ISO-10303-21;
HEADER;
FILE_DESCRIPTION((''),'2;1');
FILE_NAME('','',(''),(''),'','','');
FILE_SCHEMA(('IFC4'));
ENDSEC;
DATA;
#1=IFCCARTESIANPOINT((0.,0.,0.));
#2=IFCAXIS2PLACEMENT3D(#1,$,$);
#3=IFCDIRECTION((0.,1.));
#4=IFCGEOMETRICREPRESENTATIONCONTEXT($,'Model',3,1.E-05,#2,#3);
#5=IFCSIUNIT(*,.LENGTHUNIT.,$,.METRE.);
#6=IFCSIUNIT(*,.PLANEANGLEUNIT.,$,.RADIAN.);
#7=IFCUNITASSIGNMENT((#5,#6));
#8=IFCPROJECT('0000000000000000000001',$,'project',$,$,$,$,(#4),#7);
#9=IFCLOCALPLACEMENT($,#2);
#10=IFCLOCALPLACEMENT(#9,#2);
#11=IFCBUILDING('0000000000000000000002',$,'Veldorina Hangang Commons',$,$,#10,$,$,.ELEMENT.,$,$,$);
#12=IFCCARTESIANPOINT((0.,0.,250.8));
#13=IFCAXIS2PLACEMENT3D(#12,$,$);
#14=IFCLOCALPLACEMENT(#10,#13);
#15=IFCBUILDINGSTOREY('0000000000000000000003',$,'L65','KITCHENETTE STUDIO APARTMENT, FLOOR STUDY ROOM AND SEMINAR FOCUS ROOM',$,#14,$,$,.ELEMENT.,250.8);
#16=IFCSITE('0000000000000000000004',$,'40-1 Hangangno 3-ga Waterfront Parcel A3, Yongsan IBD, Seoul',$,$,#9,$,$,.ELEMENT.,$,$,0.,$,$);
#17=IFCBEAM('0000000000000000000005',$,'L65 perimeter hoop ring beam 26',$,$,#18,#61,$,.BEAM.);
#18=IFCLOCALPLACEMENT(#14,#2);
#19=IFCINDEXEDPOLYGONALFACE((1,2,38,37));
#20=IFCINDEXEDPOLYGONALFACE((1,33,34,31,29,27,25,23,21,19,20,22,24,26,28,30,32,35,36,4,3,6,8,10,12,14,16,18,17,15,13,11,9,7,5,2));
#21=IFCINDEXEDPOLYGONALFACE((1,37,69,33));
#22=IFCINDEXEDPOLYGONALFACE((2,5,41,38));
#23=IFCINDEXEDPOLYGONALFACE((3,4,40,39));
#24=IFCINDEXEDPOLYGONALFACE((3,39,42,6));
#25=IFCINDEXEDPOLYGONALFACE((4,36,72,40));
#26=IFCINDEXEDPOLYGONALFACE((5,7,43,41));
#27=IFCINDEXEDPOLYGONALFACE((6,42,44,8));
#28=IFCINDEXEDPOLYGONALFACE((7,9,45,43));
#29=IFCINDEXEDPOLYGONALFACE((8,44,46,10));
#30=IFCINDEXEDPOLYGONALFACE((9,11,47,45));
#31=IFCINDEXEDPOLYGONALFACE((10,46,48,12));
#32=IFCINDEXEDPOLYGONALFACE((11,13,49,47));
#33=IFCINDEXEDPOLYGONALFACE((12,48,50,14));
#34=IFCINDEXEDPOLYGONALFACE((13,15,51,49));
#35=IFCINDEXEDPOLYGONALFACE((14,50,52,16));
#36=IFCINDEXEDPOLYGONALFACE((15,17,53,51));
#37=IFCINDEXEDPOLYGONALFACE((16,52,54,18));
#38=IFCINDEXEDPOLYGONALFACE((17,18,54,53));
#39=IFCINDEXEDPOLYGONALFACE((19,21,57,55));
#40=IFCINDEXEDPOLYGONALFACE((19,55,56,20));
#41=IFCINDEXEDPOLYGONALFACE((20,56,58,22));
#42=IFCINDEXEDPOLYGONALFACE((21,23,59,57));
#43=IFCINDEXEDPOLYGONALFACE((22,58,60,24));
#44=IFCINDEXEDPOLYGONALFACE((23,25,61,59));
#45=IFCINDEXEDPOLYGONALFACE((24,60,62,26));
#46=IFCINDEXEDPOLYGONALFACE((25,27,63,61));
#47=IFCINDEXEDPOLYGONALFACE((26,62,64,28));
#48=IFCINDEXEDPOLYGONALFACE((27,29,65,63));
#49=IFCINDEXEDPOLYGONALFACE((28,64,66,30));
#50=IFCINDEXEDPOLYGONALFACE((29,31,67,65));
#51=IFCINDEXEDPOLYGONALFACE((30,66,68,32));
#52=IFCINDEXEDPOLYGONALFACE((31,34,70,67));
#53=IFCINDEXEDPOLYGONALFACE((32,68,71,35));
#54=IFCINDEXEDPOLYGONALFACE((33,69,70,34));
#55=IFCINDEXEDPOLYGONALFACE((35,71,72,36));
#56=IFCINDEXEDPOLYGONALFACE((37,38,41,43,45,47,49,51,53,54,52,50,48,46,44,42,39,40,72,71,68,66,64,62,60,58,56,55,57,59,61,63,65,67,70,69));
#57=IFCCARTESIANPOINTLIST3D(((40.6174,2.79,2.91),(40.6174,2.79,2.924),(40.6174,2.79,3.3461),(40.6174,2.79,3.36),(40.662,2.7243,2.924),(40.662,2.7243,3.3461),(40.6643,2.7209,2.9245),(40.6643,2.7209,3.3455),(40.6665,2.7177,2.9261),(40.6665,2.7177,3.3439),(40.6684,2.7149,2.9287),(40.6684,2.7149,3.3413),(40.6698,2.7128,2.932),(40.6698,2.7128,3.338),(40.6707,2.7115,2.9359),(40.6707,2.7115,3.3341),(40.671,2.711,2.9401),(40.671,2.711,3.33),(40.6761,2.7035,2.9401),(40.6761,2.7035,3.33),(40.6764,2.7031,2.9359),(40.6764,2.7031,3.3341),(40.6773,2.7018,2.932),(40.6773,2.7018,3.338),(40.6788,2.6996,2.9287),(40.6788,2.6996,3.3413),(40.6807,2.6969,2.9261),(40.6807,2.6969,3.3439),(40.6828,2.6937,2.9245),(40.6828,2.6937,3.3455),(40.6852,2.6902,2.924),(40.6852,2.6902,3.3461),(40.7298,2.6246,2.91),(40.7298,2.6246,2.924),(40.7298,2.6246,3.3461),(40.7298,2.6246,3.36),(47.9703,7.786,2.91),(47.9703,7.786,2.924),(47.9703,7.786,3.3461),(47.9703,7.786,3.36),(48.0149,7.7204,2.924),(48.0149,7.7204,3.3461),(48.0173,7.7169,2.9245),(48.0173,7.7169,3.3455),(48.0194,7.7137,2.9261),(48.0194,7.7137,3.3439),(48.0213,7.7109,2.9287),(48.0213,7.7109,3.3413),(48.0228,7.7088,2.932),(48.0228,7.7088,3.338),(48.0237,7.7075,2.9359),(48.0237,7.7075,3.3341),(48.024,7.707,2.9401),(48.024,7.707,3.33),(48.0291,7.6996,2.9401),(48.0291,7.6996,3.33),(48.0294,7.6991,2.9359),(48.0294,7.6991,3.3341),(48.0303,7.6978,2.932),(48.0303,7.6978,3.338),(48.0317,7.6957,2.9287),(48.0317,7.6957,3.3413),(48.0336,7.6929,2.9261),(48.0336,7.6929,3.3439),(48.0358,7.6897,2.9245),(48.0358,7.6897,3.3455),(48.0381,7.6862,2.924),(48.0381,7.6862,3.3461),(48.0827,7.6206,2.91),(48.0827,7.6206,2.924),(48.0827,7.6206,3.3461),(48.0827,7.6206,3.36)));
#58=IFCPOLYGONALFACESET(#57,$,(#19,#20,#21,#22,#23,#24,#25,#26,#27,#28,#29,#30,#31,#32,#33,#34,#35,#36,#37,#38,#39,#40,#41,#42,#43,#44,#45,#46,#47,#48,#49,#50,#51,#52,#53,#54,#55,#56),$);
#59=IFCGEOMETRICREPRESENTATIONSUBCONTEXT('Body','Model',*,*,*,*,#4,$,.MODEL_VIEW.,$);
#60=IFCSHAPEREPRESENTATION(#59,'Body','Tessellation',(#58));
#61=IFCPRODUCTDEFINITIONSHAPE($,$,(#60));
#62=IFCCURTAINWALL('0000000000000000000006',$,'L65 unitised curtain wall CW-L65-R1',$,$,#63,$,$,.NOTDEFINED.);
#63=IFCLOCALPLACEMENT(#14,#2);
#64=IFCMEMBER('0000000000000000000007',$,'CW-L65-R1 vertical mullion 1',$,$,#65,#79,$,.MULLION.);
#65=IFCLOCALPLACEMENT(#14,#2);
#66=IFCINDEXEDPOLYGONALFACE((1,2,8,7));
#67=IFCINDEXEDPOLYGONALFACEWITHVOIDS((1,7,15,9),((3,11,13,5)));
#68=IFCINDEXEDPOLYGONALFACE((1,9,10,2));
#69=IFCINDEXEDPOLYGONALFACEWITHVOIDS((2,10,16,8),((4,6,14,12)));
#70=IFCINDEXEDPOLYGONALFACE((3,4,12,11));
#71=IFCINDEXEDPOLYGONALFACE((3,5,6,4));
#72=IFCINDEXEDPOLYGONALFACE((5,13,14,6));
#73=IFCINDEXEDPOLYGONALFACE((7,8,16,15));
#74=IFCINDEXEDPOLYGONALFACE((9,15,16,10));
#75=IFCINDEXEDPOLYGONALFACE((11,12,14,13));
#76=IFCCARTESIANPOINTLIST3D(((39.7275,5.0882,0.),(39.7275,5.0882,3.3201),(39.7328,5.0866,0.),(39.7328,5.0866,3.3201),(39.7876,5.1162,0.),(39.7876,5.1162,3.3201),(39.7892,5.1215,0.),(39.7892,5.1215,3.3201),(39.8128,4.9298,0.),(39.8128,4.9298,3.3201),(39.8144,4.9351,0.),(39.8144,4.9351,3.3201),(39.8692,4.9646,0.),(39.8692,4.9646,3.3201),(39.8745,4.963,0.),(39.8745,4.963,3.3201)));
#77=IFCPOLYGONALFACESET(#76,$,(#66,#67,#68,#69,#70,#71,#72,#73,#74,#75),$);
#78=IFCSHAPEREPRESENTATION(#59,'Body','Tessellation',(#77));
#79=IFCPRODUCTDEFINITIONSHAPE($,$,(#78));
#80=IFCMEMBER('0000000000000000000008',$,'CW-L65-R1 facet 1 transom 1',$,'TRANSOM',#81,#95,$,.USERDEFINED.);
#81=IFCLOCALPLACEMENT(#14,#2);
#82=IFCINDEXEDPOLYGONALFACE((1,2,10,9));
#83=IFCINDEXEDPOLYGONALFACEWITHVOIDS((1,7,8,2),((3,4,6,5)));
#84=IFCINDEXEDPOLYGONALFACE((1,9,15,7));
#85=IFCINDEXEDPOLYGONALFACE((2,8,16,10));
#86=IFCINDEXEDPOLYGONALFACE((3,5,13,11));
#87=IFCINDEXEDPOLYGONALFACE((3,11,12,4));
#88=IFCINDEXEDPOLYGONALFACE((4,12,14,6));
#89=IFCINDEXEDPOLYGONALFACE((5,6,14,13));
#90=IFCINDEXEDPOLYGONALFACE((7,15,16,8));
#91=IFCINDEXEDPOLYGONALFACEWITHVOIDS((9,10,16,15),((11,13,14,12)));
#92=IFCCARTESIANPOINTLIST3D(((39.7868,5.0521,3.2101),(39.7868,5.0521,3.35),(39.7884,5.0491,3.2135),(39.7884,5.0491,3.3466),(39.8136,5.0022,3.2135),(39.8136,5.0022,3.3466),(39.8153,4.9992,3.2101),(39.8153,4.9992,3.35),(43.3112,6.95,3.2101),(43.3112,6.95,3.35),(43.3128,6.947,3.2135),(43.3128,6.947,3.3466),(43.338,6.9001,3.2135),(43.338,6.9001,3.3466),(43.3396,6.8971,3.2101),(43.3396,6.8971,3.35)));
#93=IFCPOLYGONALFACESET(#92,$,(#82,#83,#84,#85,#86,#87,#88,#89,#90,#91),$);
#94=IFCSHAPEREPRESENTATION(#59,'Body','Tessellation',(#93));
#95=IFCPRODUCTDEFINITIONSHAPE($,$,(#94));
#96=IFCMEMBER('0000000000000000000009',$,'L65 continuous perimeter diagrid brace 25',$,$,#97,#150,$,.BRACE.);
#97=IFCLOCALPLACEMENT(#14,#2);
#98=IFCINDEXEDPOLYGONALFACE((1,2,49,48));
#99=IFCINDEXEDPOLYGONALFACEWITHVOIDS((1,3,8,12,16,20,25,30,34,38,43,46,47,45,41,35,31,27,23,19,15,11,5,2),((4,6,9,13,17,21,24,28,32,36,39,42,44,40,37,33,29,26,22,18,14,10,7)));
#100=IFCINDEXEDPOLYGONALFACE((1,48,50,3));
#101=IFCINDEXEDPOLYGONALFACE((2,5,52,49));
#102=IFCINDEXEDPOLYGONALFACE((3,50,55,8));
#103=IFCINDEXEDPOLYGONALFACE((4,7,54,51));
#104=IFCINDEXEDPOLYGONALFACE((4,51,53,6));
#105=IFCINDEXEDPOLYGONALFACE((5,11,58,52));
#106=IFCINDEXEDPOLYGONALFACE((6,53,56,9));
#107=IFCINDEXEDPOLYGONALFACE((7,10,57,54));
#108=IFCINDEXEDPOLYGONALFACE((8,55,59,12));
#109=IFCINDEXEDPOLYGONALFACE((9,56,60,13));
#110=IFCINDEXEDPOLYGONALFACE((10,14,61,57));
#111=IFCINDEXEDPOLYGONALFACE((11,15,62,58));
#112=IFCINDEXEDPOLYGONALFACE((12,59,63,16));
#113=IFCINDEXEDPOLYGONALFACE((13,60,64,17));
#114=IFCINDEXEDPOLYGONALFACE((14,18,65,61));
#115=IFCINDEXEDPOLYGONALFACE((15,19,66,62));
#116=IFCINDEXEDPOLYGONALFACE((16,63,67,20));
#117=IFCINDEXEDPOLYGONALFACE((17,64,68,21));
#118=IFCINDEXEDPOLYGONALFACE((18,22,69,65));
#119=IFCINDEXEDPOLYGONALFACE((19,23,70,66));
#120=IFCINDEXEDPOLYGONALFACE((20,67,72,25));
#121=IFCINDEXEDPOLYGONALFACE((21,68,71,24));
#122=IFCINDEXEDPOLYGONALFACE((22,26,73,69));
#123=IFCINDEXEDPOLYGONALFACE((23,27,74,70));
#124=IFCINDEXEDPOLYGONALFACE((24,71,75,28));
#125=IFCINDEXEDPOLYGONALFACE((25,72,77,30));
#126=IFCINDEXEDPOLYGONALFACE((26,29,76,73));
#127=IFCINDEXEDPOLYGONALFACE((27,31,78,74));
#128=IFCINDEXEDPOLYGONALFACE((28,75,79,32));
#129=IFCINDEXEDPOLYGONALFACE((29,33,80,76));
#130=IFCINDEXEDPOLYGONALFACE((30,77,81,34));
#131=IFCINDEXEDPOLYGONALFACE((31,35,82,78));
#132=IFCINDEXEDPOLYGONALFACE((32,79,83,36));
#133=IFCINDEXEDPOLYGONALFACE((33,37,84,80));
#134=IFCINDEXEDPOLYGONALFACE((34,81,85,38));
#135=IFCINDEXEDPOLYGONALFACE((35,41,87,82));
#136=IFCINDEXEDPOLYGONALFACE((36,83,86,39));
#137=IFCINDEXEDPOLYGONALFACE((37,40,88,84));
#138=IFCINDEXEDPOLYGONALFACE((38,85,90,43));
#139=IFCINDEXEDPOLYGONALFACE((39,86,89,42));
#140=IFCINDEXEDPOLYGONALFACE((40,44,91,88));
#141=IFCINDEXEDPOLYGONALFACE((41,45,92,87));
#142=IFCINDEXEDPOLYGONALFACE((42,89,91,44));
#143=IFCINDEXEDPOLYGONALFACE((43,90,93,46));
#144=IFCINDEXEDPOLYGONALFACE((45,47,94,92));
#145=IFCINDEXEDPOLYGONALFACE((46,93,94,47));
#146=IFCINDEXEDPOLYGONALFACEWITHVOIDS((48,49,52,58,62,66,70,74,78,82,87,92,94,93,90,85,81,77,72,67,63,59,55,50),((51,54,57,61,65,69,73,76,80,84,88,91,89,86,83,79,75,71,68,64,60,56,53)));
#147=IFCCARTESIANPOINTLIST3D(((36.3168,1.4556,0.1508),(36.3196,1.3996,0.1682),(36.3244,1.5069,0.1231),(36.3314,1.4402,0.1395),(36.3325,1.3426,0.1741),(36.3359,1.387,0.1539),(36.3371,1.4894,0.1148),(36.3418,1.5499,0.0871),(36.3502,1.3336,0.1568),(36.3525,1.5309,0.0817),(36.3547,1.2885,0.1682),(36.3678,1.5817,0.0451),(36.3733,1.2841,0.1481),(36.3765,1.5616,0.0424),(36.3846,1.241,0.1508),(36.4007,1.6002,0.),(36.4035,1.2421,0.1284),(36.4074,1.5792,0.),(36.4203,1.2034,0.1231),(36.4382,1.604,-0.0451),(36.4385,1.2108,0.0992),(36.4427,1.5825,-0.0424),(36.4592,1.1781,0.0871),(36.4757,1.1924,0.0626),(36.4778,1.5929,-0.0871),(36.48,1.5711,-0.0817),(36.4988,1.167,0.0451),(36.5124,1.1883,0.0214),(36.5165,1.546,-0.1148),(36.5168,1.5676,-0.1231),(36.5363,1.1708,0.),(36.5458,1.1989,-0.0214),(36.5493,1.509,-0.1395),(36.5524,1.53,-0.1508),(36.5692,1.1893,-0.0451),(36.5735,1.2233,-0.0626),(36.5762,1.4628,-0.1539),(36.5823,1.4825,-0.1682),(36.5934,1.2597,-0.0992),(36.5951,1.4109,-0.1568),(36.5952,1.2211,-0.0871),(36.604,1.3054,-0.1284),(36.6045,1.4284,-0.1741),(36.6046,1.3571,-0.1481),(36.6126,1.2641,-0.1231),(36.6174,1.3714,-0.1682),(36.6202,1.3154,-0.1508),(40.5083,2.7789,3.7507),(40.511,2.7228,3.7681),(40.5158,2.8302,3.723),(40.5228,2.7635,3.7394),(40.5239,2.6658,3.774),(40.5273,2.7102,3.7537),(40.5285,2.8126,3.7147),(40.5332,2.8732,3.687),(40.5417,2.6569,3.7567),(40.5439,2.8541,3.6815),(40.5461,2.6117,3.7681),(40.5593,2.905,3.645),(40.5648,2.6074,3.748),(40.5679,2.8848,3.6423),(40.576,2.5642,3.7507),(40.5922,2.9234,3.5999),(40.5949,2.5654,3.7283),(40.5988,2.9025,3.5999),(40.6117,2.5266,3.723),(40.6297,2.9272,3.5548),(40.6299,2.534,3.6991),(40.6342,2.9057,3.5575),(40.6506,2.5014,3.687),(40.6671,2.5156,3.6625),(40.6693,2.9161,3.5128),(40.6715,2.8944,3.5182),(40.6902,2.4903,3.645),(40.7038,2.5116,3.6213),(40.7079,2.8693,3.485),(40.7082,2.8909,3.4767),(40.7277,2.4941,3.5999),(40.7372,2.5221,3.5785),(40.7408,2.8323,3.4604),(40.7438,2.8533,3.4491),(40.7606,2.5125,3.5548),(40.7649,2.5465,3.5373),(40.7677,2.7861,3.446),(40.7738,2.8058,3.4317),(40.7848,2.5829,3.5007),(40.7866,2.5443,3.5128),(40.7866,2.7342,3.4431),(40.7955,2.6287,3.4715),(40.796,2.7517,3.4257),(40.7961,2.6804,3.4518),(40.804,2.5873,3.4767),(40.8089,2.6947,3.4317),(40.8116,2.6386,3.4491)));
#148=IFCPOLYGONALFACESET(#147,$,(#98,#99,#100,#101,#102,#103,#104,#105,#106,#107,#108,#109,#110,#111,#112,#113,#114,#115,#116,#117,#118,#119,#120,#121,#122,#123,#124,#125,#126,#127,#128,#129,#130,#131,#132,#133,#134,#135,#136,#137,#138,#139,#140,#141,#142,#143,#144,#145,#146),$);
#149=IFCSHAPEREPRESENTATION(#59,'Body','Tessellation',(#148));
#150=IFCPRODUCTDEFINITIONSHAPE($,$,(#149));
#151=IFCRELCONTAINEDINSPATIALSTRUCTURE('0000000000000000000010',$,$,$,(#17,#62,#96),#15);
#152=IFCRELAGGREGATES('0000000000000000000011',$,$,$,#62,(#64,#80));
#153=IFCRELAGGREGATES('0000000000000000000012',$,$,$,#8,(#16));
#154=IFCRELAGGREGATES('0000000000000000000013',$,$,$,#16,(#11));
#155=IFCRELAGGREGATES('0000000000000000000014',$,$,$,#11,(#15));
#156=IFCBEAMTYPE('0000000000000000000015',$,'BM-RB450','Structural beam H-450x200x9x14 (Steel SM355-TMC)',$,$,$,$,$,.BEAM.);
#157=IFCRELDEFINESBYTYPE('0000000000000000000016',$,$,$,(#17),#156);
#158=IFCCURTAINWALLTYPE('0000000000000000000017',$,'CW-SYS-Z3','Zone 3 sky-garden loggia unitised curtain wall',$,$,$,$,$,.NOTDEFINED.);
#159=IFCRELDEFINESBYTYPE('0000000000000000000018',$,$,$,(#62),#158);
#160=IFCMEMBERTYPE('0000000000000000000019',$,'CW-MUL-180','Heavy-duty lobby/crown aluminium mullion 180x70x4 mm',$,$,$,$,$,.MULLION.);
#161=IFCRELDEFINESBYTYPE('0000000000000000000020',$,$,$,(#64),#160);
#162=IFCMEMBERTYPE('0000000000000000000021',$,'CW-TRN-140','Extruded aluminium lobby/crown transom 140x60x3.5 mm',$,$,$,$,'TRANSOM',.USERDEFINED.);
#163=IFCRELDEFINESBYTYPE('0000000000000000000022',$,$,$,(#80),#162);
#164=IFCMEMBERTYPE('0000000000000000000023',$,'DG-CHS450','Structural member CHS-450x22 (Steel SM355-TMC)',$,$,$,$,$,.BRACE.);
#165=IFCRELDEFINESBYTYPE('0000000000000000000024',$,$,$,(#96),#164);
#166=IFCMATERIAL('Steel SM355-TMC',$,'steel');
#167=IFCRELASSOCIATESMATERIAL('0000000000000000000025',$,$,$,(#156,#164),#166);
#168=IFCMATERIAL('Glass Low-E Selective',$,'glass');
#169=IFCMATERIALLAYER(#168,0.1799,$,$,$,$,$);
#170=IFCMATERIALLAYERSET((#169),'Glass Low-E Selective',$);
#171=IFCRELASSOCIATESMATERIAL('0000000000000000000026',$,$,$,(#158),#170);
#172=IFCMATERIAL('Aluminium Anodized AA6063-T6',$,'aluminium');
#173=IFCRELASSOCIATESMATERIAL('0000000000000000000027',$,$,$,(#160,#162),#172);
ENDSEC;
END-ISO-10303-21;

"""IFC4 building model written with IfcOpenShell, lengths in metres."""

from ifc_helpers import new_model, si_unit, direction, frame, origin, origin_2d, place, context, subcontext, project, spatial, hollow_rectangle, hollow_circle, i_section, extrude, material, layer, layer_set, material_profile, profile_set, type_object, element, aggregate, save


model = new_model("IFC4")

# Units and contexts
model_context = context("Model", 3, precision=1e-05, world=origin(), true_north=direction((0.0, 1.0)))
body_context = subcontext(model_context, "Body", "Model", "MODEL_VIEW")
ifc_project = project(units=[si_unit("LENGTHUNIT", "METRE"), si_unit("PLANEANGLEUNIT", "RADIAN")], contexts=[model_context])

# Site, building, storey
site_placement = place(None, origin())
site = spatial("IfcSite", under=ifc_project, at=site_placement, Name="40-1 Hangangno 3-ga Waterfront Parcel A3, Yongsan IBD, Seoul", CompositionType="ELEMENT", RefElevation=0.0)
building_placement = place(site_placement, origin())
building = spatial("IfcBuilding", under=site, at=building_placement, Name="Veldorina Hangang Commons", CompositionType="ELEMENT")
storey_placement = place(building_placement, frame((0.0, 0.0, 250.8)))
storey = spatial("IfcBuildingStorey", under=building, at=storey_placement, Name="L65", Description="KITCHENETTE STUDIO APARTMENT, FLOOR STUDY ROOM AND SEMINAR FOCUS ROOM", CompositionType="ELEMENT", Elevation=250.8)

# Beam
ifc_material_1 = material(Name="Steel SM355-TMC", Category="steel")
ifc_material_profile_1 = material_profile(ifc_material_1, i_section(OverallWidth=0.2, OverallDepth=0.45, WebThickness=0.009, FlangeThickness=0.0139, FilletRadius=0.0161, at=origin_2d()), Name="H-450x200x9x14")
ifc_profile_set_1 = profile_set([ifc_material_profile_1], Name="Steel SM355-TMC")
beam_type = type_object("IfcBeamType", Name="BM-RB450", Description="Structural beam H-450x200x9x14 (Steel SM355-TMC)", PredefinedType="BEAM", material=ifc_profile_set_1)
beam_placement = place(storey_placement, frame((40.6736, 2.7073, 3.135), z_axis=(0.827134, 0.562005, 0.0), x_axis=(-0.562005, 0.827134, 0.0)))
element("IfcBeam", 1, at=beam_placement, inside=storey, type_object=beam_type, Name="L65 perimeter hoop ring beam 26", PredefinedType="BEAM", context=body_context, shape_type="SweptSolid", body=[
    extrude(i_section(OverallWidth=0.2, OverallDepth=0.45, WebThickness=0.009, FlangeThickness=0.0139, FilletRadius=0.0161, at=origin_2d()), origin(), (0.0, 0.0, 1.0), 8.8896),
])

# Curtain wall, members
ifc_material_2 = material(Name="Glass Low-E Selective", Category="glass")
ifc_layer_1 = layer(ifc_material_2, 0.1799)
ifc_layer_set_1 = layer_set([ifc_layer_1], Name="Glass Low-E Selective")
curtain_wall_type = type_object("IfcCurtainWallType", Name="CW-SYS-Z3", Description="Zone 3 sky-garden loggia unitised curtain wall", PredefinedType="NOTDEFINED", material=ifc_layer_set_1)
curtain_wall_placement = place(storey_placement, origin())
curtain_wall = element("IfcCurtainWall", 2, at=curtain_wall_placement, inside=storey, type_object=curtain_wall_type, Name="L65 unitised curtain wall CW-L65-R1", PredefinedType="NOTDEFINED")
ifc_material_3 = material(Name="Aluminium Anodized AA6063-T6", Category="aluminium")
ifc_material_profile_2 = material_profile(ifc_material_3, hollow_rectangle(XDim=0.0701, YDim=0.1799, WallThickness=0.0039, at=origin_2d()), Name="ALU-RHS-180x70x4")
ifc_profile_set_2 = profile_set([ifc_material_profile_2], Name="Aluminium Anodized AA6063-T6")
member_type_1 = type_object("IfcMemberType", Name="CW-MUL-180", Description="Heavy-duty lobby/crown aluminium mullion 180x70x4 mm", PredefinedType="MULLION", material=ifc_profile_set_2)
member_1_placement = place(storey_placement, frame((39.801, 5.0256, 0.0), z_axis=(0.0, 0.0, 1.0), x_axis=(0.880453, 0.474134, 0.0)))
member_1 = element("IfcMember", 3, at=member_1_placement, type_object=member_type_1, Name="CW-L65-R1 vertical mullion 1", PredefinedType="MULLION", context=body_context, shape_type="SweptSolid", body=[
    extrude(hollow_rectangle(XDim=0.0701, YDim=0.1799, WallThickness=0.0039, at=origin_2d()), origin(), (0.0, 0.0, 1.0), 3.3201),
])
ifc_material_profile_3 = material_profile(ifc_material_3, hollow_rectangle(XDim=0.0601, YDim=0.1399, WallThickness=0.0034, at=origin_2d()), Name="ALU-RHS-140x60x3.5")
ifc_profile_set_3 = profile_set([ifc_material_profile_3], Name="Aluminium Anodized AA6063-T6")
member_type_2 = type_object("IfcMemberType", Name="CW-TRN-140", Description="Extruded aluminium lobby/crown transom 140x60x3.5 mm", ElementType="TRANSOM", PredefinedType="USERDEFINED", material=ifc_profile_set_3)
member_2_placement = place(storey_placement, frame((39.801, 5.0256, 3.28), z_axis=(0.880452, 0.474136, 0.0), x_axis=(-0.474136, 0.880452, 0.0)))
member_2 = element("IfcMember", 4, at=member_2_placement, type_object=member_type_2, Name="CW-L65-R1 facet 1 transom 1", ObjectType="TRANSOM", PredefinedType="USERDEFINED", context=body_context, shape_type="SweptSolid", body=[
    extrude(hollow_rectangle(XDim=0.0601, YDim=0.1399, WallThickness=0.0034, at=origin_2d()), origin(), (0.0, 0.0, 1.0), 4.0029),
])

# Member
ifc_material_profile_4 = material_profile(ifc_material_1, hollow_circle(Radius=0.2251, WallThickness=0.022, at=origin_2d()), Name="CHS-450x22")
ifc_profile_set_4 = profile_set([ifc_material_profile_4], Name="Steel SM355-TMC")
member_type_3 = type_object("IfcMemberType", Name="DG-CHS450", Description="Structural member CHS-450x22 (Steel SM355-TMC)", PredefinedType="BRACE", material=ifc_profile_set_4)
member_3_placement = place(storey_placement, frame((36.4685, 1.3855, 0.0), z_axis=(0.737748, 0.23291, 0.633626), x_axis=(-0.301057, 0.953606, 0.0)))
element("IfcMember", 5, at=member_3_placement, inside=storey, type_object=member_type_3, Name="L65 continuous perimeter diagrid brace 25", PredefinedType="BRACE", context=body_context, shape_type="SweptSolid", body=[
    extrude(hollow_circle(Radius=0.2251, WallThickness=0.022, at=origin_2d()), origin(), (0.0, 0.0, 1.0), 5.6814),
])

aggregate(curtain_wall, [member_1, member_2])

save(model, "model.ifc")
